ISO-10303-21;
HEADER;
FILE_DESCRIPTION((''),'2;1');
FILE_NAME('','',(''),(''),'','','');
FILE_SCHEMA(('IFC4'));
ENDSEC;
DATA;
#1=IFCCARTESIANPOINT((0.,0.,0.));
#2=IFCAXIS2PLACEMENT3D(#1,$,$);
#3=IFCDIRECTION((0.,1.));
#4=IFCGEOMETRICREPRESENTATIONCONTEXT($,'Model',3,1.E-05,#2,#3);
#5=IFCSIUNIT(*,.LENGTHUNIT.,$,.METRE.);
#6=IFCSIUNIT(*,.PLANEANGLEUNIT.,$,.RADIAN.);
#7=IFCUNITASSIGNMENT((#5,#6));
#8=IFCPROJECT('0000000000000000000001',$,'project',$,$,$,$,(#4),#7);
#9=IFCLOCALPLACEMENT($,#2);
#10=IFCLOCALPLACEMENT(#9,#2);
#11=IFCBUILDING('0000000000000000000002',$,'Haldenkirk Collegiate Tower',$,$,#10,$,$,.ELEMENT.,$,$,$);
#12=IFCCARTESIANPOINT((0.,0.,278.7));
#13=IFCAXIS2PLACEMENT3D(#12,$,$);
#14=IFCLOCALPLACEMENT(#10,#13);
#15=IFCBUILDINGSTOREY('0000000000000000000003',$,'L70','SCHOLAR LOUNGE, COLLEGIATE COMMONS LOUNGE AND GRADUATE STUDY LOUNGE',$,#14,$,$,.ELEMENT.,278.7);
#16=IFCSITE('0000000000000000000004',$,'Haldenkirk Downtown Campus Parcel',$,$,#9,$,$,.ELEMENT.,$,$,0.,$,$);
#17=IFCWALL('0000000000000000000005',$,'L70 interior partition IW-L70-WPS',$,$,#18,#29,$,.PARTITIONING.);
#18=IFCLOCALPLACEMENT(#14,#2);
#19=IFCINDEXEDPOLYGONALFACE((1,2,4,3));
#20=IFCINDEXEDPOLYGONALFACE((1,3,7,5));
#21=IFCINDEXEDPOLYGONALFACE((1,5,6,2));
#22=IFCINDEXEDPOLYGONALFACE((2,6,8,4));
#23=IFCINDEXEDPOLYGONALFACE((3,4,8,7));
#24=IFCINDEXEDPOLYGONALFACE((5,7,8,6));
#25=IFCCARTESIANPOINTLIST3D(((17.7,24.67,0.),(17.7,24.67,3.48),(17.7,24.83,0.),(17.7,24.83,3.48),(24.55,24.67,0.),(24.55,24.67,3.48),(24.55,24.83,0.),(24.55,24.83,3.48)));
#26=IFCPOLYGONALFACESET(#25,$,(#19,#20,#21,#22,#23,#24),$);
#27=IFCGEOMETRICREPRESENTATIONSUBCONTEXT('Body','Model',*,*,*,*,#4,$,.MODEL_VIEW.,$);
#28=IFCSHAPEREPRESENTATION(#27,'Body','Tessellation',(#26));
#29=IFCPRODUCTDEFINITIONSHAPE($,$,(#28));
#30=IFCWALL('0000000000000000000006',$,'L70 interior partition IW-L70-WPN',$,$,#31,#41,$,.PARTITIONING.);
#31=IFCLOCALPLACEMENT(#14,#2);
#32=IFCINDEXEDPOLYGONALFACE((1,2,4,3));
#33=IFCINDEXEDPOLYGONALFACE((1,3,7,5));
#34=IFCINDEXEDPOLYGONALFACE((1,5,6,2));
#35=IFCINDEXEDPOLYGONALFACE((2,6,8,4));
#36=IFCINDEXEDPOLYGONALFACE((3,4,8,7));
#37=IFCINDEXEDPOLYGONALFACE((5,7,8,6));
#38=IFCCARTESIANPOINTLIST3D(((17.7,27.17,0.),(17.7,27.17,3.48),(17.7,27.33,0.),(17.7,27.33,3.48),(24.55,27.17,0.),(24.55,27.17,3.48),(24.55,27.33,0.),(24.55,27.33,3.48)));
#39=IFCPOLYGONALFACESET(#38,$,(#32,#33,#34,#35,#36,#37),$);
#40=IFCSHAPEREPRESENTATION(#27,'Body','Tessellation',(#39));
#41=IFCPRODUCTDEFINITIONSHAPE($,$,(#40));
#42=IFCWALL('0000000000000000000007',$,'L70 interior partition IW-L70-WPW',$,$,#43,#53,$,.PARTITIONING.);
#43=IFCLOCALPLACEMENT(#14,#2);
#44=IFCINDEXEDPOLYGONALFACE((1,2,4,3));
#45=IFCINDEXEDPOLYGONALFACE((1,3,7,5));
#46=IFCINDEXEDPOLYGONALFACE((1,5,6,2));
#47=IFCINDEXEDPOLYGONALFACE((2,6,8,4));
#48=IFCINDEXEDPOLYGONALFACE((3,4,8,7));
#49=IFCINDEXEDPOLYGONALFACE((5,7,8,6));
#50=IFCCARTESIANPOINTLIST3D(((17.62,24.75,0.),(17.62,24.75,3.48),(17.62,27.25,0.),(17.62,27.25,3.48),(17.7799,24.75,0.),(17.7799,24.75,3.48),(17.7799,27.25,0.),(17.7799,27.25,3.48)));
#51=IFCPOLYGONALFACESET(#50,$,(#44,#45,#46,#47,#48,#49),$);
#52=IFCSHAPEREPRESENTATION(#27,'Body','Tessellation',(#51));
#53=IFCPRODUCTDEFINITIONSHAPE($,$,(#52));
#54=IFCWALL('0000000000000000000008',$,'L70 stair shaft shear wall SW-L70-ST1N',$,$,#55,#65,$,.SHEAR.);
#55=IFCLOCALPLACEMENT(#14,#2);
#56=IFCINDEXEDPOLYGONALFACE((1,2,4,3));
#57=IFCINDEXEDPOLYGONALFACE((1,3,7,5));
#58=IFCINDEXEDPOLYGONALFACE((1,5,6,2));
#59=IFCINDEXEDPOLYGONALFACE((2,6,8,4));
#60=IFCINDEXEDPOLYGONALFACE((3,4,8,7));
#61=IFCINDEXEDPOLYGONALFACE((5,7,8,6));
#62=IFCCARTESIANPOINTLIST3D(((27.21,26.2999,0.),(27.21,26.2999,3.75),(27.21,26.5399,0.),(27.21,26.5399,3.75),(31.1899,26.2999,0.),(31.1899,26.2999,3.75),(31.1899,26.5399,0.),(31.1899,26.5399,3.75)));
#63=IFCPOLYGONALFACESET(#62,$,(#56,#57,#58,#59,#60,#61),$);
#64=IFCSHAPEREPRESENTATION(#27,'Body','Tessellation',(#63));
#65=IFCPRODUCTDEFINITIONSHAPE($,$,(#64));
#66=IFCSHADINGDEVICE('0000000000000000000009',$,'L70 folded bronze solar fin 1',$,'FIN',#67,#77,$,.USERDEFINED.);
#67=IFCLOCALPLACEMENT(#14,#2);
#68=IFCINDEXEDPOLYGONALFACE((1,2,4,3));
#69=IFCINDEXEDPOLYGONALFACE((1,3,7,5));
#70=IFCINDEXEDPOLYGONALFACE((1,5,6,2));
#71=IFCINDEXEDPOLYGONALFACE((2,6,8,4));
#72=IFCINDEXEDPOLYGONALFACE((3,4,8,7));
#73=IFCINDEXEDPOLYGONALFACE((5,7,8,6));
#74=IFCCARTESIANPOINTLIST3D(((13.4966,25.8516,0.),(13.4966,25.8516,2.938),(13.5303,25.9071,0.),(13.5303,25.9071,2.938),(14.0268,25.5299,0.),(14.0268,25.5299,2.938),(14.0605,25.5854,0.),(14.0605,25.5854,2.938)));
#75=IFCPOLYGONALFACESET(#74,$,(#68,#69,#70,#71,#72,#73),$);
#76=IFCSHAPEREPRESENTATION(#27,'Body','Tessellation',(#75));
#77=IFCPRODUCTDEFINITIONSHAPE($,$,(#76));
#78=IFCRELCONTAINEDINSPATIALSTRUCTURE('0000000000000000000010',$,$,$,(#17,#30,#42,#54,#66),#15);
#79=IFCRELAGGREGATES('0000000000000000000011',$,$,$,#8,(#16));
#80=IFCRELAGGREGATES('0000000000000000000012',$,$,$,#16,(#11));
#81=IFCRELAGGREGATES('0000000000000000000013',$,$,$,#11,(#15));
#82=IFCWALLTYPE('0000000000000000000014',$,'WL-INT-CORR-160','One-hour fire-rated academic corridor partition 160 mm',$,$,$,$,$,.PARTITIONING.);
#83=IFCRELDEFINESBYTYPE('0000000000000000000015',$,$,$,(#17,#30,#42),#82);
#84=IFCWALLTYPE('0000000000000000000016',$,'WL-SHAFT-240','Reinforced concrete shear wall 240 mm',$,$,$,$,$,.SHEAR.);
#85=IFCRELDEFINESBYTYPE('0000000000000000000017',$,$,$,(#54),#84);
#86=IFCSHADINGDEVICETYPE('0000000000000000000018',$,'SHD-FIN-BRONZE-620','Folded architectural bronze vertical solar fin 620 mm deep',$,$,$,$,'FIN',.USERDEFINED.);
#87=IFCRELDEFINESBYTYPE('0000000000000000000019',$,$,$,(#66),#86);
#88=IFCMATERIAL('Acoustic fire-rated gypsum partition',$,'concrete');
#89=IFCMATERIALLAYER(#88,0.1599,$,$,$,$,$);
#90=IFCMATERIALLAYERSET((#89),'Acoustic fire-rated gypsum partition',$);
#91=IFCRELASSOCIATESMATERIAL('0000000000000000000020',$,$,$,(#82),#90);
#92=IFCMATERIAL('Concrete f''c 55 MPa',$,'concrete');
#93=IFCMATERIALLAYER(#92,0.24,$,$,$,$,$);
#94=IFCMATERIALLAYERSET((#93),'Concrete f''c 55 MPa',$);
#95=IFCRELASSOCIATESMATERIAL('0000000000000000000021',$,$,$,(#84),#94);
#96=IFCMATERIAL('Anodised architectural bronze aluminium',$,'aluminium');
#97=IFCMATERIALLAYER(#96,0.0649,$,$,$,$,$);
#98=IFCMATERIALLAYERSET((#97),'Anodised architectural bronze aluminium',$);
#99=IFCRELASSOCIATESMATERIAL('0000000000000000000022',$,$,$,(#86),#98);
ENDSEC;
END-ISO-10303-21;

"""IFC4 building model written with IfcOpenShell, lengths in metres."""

from ifc_helpers import new_model, si_unit, direction, frame, frame_2d, origin, origin_2d, place, context, subcontext, project, spatial, rectangle, extrude, source, transform, mapped, material, layer, layer_set, type_object, element, save


model = new_model("IFC4")

# Units and contexts
model_context = context("Model", 3, precision=1e-05, world=origin(), true_north=direction((0.0, 1.0)))
body_context = subcontext(model_context, "Body", "Model", "MODEL_VIEW")
ifc_project = project(units=[si_unit("LENGTHUNIT", "METRE"), si_unit("PLANEANGLEUNIT", "RADIAN")], contexts=[model_context])

# Site, building, storey
site_placement = place(None, origin())
site = spatial("IfcSite", under=ifc_project, at=site_placement, Name="Haldenkirk Downtown Campus Parcel", CompositionType="ELEMENT", RefElevation=0.0)
building_placement = place(site_placement, origin())
building = spatial("IfcBuilding", under=site, at=building_placement, Name="Haldenkirk Collegiate Tower", CompositionType="ELEMENT")
storey_placement = place(building_placement, frame((0.0, 0.0, 278.7)))
storey = spatial("IfcBuildingStorey", under=building, at=storey_placement, Name="L70", Description="SCHOLAR LOUNGE, COLLEGIATE COMMONS LOUNGE AND GRADUATE STUDY LOUNGE", CompositionType="ELEMENT", Elevation=278.7)

# Shared definitions
ifc_material_1 = material(Name="Anodised architectural bronze aluminium", Category="aluminium")

# Shared definitions
ifc_material_2 = material(Name="Acoustic fire-rated gypsum partition", Category="concrete")
ifc_layer_1 = layer(ifc_material_2, 0.1599)
ifc_layer_set_1 = layer_set([ifc_layer_1], Name="Acoustic fire-rated gypsum partition")
wall_type_1 = type_object("IfcWallType", Name="WL-INT-CORR-160", Description="One-hour fire-rated academic corridor partition 160 mm", PredefinedType="PARTITIONING", material=ifc_layer_set_1)

# Walls
for number, where, z_axis, x_axis, name in (
    (1, (17.7, 24.75, 0.0), (0.0, 0.0, 1.0), (1.0, 0.0, 0.0), "L70 interior partition IW-L70-WPS"),
    (2, (17.7, 27.25, 0.0), (0.0, 0.0, 1.0), (1.0, 0.0, 0.0), "L70 interior partition IW-L70-WPN"),
):
    element("IfcWall", number, at=place(storey_placement, frame(where, z_axis=z_axis, x_axis=x_axis)), inside=storey, type_object=wall_type_1, Name=name, PredefinedType="PARTITIONING", context=body_context, shape_type="SweptSolid", body=[
        extrude(rectangle(XDim=6.8501, YDim=0.1599, at=frame_2d((3.425, 0.0))), origin(), (0.0, 0.0, 1.0), 3.48),
    ])
wall_1_placement = place(storey_placement, frame((17.7, 24.75, 0.0), z_axis=(0.0, 0.0, 1.0), x_axis=(0.0, 1.0, 0.0)))
element("IfcWall", 3, at=wall_1_placement, inside=storey, type_object=wall_type_1, Name="L70 interior partition IW-L70-WPW", PredefinedType="PARTITIONING", context=body_context, shape_type="SweptSolid", body=[
    extrude(rectangle(XDim=2.5, YDim=0.1599, at=frame_2d((1.25, 0.0))), origin(), (0.0, 0.0, 1.0), 3.48),
])
ifc_material_3 = material(Name="Concrete f'c 55 MPa", Category="concrete")
ifc_layer_2 = layer(ifc_material_3, 0.24)
ifc_layer_set_2 = layer_set([ifc_layer_2], Name="Concrete f'c 55 MPa")
wall_type_2 = type_object("IfcWallType", Name="WL-SHAFT-240", Description="Reinforced concrete shear wall 240 mm", PredefinedType="SHEAR", material=ifc_layer_set_2)
wall_2_placement = place(storey_placement, frame((27.21, 26.4199, 0.0), z_axis=(0.0, 0.0, 1.0), x_axis=(1.0, 0.0, 0.0)))
element("IfcWall", 4, at=wall_2_placement, inside=storey, type_object=wall_type_2, Name="L70 stair shaft shear wall SW-L70-ST1N", PredefinedType="SHEAR", context=body_context, shape_type="SweptSolid", body=[
    extrude(rectangle(XDim=3.98, YDim=0.24, at=frame_2d((1.99, 0.0))), origin(), (0.0, 0.0, 1.0), 3.75),
])

# Shading device
ifc_layer_3 = layer(ifc_material_1, 0.0649)
ifc_layer_set_3 = layer_set([ifc_layer_3], Name="Anodised architectural bronze aluminium")
shading_device_type = type_object("IfcShadingDeviceType", Name="SHD-FIN-BRONZE-620", Description="Folded architectural bronze vertical solar fin 620 mm deep", ElementType="FIN", PredefinedType="USERDEFINED", material=ifc_layer_set_3)
shared_shape_1 = source(origin(), body_context, "Body", "SweptSolid", [
    extrude(rectangle(XDim=0.6201, YDim=0.0649, at=origin_2d()), origin(), (0.0, 0.0, 1.0), 2.938),
])
shading_device_placement = place(storey_placement, frame((13.7786, 25.7185, 0.0), z_axis=(0.0, 0.0, 1.0), x_axis=(-0.854912, 0.518773, 0.0)))
element("IfcShadingDevice", 5, at=shading_device_placement, inside=storey, type_object=shading_device_type, Name="L70 folded bronze solar fin 1", ObjectType="FIN", PredefinedType="USERDEFINED", context=body_context, shape_type="MappedRepresentation", body=[
    mapped(shared_shape_1, transform((0.0, 0.0, 0.0), x_axis=(1.0, 0.0, 0.0), y_axis=(0.0, 1.0, 0.0), z_axis=(0.0, 0.0, 1.0), scale=1.0)),
])

save(model, "model.ifc")
